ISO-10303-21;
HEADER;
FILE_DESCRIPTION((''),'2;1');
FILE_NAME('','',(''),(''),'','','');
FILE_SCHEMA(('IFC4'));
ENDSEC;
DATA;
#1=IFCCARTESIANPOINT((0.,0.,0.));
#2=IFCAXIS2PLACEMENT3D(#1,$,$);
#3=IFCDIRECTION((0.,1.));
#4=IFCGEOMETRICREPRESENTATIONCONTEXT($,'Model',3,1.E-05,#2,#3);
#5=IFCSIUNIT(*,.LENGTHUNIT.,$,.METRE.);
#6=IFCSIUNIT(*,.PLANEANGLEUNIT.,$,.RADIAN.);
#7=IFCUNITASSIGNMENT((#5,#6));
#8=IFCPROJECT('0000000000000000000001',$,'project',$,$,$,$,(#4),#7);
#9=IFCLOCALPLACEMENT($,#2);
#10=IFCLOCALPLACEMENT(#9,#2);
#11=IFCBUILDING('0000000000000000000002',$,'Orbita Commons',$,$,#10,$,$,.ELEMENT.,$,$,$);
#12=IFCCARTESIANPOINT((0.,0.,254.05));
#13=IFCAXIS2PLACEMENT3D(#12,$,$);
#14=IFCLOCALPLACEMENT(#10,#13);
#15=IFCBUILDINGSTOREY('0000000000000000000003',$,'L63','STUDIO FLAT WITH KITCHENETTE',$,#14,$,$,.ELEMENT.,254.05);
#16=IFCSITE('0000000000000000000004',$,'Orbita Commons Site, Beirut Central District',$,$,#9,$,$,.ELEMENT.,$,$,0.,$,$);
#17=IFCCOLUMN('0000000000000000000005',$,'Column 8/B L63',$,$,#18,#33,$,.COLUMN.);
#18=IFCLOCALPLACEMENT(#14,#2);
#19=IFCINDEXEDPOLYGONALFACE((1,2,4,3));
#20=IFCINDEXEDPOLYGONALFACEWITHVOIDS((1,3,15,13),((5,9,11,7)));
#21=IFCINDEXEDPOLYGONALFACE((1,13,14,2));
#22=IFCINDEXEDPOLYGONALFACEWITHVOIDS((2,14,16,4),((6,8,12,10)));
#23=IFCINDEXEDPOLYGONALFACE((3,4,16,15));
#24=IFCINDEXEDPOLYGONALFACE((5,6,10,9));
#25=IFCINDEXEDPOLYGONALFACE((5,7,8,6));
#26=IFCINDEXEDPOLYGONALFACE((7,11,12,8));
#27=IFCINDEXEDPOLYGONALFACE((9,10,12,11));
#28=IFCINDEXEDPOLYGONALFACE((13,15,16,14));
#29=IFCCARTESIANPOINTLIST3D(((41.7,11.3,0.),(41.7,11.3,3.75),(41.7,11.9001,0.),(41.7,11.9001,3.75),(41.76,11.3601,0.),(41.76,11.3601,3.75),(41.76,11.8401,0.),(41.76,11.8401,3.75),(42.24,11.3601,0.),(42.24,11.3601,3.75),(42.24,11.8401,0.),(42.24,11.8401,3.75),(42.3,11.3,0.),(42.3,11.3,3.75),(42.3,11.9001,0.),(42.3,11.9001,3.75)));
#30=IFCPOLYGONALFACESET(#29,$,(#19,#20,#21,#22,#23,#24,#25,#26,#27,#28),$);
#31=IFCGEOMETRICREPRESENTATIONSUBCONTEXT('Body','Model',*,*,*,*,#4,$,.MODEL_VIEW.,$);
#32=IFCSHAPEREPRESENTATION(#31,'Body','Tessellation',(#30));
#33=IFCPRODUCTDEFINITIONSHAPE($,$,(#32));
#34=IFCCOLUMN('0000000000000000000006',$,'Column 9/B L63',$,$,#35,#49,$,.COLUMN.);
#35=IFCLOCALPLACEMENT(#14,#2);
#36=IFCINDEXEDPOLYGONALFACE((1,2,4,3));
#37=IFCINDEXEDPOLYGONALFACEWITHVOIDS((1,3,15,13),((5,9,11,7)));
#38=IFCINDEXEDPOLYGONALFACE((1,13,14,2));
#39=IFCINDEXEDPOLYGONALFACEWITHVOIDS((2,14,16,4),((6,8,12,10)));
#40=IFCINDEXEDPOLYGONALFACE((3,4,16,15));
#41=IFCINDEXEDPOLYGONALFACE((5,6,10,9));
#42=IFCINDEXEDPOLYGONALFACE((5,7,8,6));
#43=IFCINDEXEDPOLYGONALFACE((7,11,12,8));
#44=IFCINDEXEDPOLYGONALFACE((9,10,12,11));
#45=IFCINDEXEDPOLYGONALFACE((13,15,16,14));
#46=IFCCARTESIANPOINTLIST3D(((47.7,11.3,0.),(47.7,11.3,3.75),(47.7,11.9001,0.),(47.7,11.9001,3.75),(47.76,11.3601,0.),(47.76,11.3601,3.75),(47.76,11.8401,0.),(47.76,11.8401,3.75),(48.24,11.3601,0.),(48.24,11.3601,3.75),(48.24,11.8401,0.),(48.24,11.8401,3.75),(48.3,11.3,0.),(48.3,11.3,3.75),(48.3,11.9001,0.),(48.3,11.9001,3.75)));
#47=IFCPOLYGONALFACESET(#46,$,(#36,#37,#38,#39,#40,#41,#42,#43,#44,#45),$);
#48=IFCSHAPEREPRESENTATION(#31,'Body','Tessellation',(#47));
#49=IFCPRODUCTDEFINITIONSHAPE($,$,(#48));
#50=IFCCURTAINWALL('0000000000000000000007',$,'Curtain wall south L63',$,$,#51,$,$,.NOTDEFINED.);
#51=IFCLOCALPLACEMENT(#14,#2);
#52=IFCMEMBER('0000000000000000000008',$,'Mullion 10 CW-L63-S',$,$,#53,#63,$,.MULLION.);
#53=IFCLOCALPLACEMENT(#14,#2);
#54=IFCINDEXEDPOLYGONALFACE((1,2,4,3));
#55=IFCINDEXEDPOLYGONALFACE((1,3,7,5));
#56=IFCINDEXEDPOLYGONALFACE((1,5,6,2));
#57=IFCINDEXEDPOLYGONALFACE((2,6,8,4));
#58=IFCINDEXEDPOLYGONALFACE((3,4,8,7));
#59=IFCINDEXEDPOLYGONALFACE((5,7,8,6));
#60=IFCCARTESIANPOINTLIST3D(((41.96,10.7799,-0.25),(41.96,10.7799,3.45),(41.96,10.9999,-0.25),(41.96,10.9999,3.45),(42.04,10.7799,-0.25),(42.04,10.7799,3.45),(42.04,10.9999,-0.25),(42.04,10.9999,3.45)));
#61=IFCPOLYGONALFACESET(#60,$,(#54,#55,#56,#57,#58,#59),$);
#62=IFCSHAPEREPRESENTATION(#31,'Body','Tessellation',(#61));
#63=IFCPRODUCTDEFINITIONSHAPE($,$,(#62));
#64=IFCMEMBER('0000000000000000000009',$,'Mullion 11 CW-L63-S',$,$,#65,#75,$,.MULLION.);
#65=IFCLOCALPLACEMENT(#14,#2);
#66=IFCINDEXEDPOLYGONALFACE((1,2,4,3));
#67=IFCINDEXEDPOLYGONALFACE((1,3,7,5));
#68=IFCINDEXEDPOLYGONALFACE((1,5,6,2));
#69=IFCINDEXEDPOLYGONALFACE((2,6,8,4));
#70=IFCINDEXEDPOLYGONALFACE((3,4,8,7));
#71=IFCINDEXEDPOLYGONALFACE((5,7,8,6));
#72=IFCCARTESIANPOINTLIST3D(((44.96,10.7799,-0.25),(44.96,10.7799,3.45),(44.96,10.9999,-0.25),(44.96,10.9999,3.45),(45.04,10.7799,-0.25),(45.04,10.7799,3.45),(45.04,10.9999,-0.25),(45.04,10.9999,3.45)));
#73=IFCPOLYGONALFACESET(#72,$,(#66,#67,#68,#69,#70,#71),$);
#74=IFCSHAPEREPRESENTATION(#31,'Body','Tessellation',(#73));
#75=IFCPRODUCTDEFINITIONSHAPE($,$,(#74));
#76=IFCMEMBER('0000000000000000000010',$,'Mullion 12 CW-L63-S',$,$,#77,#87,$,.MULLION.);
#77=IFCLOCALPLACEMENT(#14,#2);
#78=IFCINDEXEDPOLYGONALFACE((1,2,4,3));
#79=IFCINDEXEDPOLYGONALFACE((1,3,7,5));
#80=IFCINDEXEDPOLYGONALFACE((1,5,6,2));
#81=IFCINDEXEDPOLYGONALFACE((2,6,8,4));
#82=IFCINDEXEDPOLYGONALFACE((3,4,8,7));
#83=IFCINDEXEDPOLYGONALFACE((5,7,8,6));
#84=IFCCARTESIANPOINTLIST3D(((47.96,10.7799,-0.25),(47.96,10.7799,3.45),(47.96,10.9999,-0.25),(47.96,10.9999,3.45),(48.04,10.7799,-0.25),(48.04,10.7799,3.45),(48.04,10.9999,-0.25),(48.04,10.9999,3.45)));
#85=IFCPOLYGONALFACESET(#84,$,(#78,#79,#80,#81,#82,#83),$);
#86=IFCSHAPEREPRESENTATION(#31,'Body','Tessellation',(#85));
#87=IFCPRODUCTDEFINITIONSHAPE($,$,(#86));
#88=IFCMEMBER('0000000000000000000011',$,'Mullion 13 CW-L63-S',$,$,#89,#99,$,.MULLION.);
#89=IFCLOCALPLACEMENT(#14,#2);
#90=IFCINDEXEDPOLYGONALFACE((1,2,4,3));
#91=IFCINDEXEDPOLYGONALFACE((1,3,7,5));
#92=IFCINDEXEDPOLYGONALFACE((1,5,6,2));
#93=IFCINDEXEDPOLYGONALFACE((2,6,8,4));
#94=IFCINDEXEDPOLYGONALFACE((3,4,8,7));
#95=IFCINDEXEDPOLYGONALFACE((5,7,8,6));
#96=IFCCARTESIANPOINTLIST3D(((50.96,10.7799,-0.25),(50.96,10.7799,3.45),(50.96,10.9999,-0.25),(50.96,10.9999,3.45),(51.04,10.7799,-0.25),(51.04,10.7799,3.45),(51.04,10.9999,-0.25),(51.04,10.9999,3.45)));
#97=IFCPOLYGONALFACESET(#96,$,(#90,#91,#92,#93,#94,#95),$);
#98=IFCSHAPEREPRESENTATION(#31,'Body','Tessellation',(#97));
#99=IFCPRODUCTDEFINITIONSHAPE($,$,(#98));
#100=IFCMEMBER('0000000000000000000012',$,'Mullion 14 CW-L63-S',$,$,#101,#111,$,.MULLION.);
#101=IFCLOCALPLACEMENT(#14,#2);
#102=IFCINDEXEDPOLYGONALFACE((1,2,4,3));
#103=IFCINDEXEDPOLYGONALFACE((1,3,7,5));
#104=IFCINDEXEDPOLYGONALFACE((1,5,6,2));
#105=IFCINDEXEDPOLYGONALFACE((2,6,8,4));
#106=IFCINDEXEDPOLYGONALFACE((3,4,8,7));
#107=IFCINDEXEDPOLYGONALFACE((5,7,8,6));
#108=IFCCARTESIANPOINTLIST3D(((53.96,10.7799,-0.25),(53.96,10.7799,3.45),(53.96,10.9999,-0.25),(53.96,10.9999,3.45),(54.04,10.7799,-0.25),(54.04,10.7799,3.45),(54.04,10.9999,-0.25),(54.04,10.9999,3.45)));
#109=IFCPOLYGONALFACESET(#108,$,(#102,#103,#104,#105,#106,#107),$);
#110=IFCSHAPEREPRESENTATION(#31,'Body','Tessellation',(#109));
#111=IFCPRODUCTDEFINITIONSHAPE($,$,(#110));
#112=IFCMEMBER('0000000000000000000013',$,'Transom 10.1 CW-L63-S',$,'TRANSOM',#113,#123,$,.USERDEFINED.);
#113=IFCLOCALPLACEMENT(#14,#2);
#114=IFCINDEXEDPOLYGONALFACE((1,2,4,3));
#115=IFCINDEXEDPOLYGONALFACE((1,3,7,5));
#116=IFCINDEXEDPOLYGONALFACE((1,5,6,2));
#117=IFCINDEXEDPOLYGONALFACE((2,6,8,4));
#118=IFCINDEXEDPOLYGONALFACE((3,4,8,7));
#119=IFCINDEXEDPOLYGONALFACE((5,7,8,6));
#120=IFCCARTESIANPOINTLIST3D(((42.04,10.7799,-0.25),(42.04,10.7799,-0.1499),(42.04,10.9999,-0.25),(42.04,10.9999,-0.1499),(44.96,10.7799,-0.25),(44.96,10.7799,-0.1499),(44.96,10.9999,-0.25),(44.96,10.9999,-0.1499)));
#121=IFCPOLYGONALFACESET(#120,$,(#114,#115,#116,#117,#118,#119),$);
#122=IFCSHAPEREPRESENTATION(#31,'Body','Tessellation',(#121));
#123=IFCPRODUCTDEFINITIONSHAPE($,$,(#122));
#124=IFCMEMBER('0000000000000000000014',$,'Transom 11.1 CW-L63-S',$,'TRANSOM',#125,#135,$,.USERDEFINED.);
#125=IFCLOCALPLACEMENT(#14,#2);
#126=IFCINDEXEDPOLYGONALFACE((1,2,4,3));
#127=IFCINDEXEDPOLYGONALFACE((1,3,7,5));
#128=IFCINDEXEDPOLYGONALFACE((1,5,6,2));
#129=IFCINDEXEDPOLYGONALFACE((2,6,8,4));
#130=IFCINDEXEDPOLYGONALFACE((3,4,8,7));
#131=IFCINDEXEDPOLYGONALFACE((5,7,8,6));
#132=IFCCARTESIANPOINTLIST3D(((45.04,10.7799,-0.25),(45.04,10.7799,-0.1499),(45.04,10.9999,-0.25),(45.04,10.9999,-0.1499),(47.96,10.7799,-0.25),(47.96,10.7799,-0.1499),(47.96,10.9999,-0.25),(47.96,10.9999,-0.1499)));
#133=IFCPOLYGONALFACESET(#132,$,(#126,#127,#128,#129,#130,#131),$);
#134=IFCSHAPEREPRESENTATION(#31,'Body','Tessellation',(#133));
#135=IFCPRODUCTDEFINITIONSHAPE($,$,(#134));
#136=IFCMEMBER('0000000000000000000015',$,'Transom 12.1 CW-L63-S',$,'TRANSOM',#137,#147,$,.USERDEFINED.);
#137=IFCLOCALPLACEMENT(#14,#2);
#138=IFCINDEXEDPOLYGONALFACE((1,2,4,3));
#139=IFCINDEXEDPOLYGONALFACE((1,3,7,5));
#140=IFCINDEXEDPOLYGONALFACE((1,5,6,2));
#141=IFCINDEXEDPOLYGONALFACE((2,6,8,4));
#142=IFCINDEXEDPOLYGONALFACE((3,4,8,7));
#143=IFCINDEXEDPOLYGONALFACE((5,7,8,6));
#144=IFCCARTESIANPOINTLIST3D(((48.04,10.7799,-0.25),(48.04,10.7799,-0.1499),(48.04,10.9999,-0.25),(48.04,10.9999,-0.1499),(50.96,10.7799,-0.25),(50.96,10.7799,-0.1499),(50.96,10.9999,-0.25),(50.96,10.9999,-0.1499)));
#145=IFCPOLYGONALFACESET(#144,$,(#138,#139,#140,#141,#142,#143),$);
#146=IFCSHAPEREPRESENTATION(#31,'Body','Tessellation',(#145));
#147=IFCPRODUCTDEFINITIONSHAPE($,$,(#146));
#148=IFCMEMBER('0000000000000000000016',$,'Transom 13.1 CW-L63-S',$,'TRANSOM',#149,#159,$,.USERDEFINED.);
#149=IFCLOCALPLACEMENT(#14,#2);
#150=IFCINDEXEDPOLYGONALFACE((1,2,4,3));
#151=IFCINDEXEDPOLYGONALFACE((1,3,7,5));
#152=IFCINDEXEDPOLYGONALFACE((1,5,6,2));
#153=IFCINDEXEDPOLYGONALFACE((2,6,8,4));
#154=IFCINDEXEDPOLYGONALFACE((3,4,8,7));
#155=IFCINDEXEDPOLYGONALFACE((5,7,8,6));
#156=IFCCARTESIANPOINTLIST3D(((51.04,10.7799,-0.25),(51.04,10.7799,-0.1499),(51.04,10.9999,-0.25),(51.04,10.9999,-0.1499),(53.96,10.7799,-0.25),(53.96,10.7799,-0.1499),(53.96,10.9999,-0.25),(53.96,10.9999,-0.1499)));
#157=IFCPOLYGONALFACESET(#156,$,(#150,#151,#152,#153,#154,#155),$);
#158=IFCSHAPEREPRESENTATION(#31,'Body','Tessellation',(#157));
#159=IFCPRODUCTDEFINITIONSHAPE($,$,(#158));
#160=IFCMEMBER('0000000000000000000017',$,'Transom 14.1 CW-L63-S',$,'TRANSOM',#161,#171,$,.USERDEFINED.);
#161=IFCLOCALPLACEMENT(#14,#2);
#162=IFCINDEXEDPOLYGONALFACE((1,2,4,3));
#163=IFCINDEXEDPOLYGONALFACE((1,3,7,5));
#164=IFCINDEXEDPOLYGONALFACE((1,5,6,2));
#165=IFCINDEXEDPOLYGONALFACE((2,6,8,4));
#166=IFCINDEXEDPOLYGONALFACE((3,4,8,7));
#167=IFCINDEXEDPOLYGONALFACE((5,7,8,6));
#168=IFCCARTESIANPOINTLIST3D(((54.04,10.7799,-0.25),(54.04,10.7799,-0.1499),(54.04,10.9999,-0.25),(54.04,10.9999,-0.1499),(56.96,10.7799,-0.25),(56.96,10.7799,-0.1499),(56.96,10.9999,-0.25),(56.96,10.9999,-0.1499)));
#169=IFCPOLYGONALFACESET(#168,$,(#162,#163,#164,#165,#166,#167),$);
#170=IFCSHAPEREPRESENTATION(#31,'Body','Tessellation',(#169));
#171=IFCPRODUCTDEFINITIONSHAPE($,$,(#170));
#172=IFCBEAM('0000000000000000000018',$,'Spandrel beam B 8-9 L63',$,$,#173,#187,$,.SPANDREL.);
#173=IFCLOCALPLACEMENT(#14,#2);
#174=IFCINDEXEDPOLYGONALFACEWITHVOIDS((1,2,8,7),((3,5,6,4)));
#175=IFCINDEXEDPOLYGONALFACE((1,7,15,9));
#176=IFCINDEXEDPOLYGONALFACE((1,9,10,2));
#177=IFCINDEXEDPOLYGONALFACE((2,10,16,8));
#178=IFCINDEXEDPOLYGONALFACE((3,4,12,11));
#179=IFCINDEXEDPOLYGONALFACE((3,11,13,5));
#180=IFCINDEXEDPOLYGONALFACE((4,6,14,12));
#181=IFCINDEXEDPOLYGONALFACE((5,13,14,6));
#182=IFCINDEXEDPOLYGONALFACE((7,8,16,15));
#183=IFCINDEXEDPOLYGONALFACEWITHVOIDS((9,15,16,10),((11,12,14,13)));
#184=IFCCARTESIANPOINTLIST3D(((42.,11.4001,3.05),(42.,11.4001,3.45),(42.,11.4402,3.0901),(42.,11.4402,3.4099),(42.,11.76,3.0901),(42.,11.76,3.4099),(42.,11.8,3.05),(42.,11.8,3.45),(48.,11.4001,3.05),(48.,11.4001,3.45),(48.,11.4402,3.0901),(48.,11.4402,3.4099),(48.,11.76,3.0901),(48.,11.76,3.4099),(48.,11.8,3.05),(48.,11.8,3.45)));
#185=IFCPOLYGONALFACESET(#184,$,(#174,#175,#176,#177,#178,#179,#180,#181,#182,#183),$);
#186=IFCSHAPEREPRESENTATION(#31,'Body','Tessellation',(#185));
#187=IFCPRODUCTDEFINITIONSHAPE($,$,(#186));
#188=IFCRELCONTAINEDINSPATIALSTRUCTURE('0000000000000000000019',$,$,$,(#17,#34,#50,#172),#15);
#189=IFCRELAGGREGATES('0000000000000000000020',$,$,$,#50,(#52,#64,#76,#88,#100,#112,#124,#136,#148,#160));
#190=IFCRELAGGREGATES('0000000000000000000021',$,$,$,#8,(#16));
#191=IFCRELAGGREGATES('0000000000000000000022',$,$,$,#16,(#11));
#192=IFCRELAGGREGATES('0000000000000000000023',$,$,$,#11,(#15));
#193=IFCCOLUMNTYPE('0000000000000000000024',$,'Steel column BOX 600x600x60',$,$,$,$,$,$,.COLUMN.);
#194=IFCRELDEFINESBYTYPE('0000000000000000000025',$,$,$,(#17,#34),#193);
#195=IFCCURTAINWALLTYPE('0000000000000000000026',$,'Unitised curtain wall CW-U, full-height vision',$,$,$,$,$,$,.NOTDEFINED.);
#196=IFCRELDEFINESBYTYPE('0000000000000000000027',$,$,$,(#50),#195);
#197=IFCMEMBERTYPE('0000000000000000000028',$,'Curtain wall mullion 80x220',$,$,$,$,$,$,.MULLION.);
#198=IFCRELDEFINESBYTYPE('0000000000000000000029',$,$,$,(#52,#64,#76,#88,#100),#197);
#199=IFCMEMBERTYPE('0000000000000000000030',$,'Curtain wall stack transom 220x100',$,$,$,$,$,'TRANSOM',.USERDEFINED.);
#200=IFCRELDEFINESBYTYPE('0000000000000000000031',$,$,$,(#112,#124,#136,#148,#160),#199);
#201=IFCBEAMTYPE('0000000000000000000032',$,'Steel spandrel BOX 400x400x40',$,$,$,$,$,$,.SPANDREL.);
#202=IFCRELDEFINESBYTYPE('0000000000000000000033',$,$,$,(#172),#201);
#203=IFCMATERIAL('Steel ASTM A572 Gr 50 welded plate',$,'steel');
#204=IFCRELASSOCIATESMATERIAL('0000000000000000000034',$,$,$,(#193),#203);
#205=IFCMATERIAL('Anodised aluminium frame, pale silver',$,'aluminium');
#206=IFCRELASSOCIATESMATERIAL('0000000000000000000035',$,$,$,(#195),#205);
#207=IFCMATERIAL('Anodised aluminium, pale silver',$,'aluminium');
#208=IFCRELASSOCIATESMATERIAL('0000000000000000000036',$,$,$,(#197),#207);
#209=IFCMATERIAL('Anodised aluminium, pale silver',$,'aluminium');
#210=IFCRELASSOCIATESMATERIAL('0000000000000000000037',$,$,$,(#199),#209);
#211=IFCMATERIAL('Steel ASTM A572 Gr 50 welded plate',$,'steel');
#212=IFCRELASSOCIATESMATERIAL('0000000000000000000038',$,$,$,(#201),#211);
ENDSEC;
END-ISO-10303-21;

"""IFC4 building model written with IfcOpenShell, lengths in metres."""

from ifc_helpers import new_model, si_unit, direction, frame, origin, origin_2d, place, context, subcontext, project, spatial, rectangle, hollow_rectangle, extrude, material, material_profile, profile_set, type_object, element, aggregate, save


model = new_model("IFC4")

# Units and contexts
model_context = context("Model", 3, precision=1e-05, world=origin(), true_north=direction((0.0, 1.0)))
body_context = subcontext(model_context, "Body", "Model", "MODEL_VIEW")
ifc_project = project(units=[si_unit("LENGTHUNIT", "METRE"), si_unit("PLANEANGLEUNIT", "RADIAN")], contexts=[model_context])

# Site, building, storey
site_placement = place(None, origin())
site = spatial("IfcSite", under=ifc_project, at=site_placement, Name="Orbita Commons Site, Beirut Central District", CompositionType="ELEMENT", RefElevation=0.0)
building_placement = place(site_placement, origin())
building = spatial("IfcBuilding", under=site, at=building_placement, Name="Orbita Commons", CompositionType="ELEMENT")
storey_placement = place(building_placement, frame((0.0, 0.0, 254.05)))
storey = spatial("IfcBuildingStorey", under=building, at=storey_placement, Name="L63", Description="STUDIO FLAT WITH KITCHENETTE", CompositionType="ELEMENT", Elevation=254.05)

# Columns
ifc_material_1 = material(Name="Steel ASTM A572 Gr 50 welded plate", Category="steel")
ifc_material_profile_1 = material_profile(ifc_material_1, hollow_rectangle(XDim=0.6001, YDim=0.6001, WallThickness=0.0601, at=origin_2d()), Name="BOX 600x600x60")
ifc_profile_set_1 = profile_set([ifc_material_profile_1], Name="Steel ASTM A572 Gr 50 welded plate")
column_type = type_object("IfcColumnType", Name="Steel column BOX 600x600x60", PredefinedType="COLUMN", material=ifc_profile_set_1)
for number, where, z_axis, x_axis, name in (
    (1, (42.0, 11.6001, 0.0), (0.0, 0.0, 1.0), (1.0, 0.0, 0.0), "Column 8/B L63"),
    (2, (48.0, 11.6001, 0.0), (0.0, 0.0, 1.0), (1.0, 0.0, 0.0), "Column 9/B L63"),
):
    element("IfcColumn", number, at=place(storey_placement, frame(where, z_axis=z_axis, x_axis=x_axis)), inside=storey, type_object=column_type, Name=name, PredefinedType="COLUMN", context=body_context, shape_type="SweptSolid", body=[
        extrude(hollow_rectangle(XDim=0.6001, YDim=0.6001, WallThickness=0.0601, at=origin_2d()), origin(), (0.0, 0.0, 1.0), 3.75),
    ])

# Curtain wall, members
ifc_material_2 = material(Name="Anodised aluminium frame, pale silver", Category="aluminium")
curtain_wall_type = type_object("IfcCurtainWallType", Name="Unitised curtain wall CW-U, full-height vision", PredefinedType="NOTDEFINED", material=ifc_material_2)
curtain_wall_placement = place(storey_placement, origin())
curtain_wall = element("IfcCurtainWall", 3, at=curtain_wall_placement, inside=storey, type_object=curtain_wall_type, Name="Curtain wall south L63", PredefinedType="NOTDEFINED")
ifc_material_3 = material(Name="Anodised aluminium, pale silver", Category="aluminium")
ifc_material_profile_2 = material_profile(ifc_material_3, rectangle(XDim=0.0801, YDim=0.22, at=origin_2d()), Name="AL 80x220")
ifc_profile_set_2 = profile_set([ifc_material_profile_2], Name="Anodised aluminium, pale silver")
member_type_1 = type_object("IfcMemberType", Name="Curtain wall mullion 80x220", PredefinedType="MULLION", material=ifc_profile_set_2)
member_1_placement = place(storey_placement, frame((42.0, 10.8899, -0.25), z_axis=(0.0, 0.0, 1.0), x_axis=(1.0, 0.0, 0.0)))
member_1 = element("IfcMember", 4, at=member_1_placement, type_object=member_type_1, Name="Mullion 10 CW-L63-S", PredefinedType="MULLION", context=body_context, shape_type="SweptSolid", body=[
    extrude(rectangle(XDim=0.0801, YDim=0.22, at=origin_2d()), origin(), (0.0, 0.0, 1.0), 3.7),
])
member_2_placement = place(storey_placement, frame((45.0, 10.8899, -0.25), z_axis=(0.0, 0.0, 1.0), x_axis=(1.0, 0.0, 0.0)))
member_2 = element("IfcMember", 5, at=member_2_placement, type_object=member_type_1, Name="Mullion 11 CW-L63-S", PredefinedType="MULLION", context=body_context, shape_type="SweptSolid", body=[
    extrude(rectangle(XDim=0.0801, YDim=0.22, at=origin_2d()), origin(), (0.0, 0.0, 1.0), 3.7),
])
member_3_placement = place(storey_placement, frame((48.0, 10.8899, -0.25), z_axis=(0.0, 0.0, 1.0), x_axis=(1.0, 0.0, 0.0)))
member_3 = element("IfcMember", 6, at=member_3_placement, type_object=member_type_1, Name="Mullion 12 CW-L63-S", PredefinedType="MULLION", context=body_context, shape_type="SweptSolid", body=[
    extrude(rectangle(XDim=0.0801, YDim=0.22, at=origin_2d()), origin(), (0.0, 0.0, 1.0), 3.7),
])
member_4_placement = place(storey_placement, frame((51.0, 10.8899, -0.25), z_axis=(0.0, 0.0, 1.0), x_axis=(1.0, 0.0, 0.0)))
member_4 = element("IfcMember", 7, at=member_4_placement, type_object=member_type_1, Name="Mullion 13 CW-L63-S", PredefinedType="MULLION", context=body_context, shape_type="SweptSolid", body=[
    extrude(rectangle(XDim=0.0801, YDim=0.22, at=origin_2d()), origin(), (0.0, 0.0, 1.0), 3.7),
])
member_5_placement = place(storey_placement, frame((54.0, 10.8899, -0.25), z_axis=(0.0, 0.0, 1.0), x_axis=(1.0, 0.0, 0.0)))
member_5 = element("IfcMember", 8, at=member_5_placement, type_object=member_type_1, Name="Mullion 14 CW-L63-S", PredefinedType="MULLION", context=body_context, shape_type="SweptSolid", body=[
    extrude(rectangle(XDim=0.0801, YDim=0.22, at=origin_2d()), origin(), (0.0, 0.0, 1.0), 3.7),
])
ifc_material_4 = material(Name="Anodised aluminium, pale silver", Category="aluminium")
ifc_material_profile_3 = material_profile(ifc_material_4, rectangle(XDim=0.22, YDim=0.1001, at=origin_2d()), Name="AL 220x100")
ifc_profile_set_3 = profile_set([ifc_material_profile_3], Name="Anodised aluminium, pale silver")
member_type_2 = type_object("IfcMemberType", Name="Curtain wall stack transom 220x100", ElementType="TRANSOM", PredefinedType="USERDEFINED", material=ifc_profile_set_3)
member_6_placement = place(storey_placement, frame((42.04, 10.8899, -0.2), z_axis=(1.0, 0.0, 0.0), x_axis=(0.0, 1.0, 0.0)))
member_6 = element("IfcMember", 9, at=member_6_placement, type_object=member_type_2, Name="Transom 10.1 CW-L63-S", ObjectType="TRANSOM", PredefinedType="USERDEFINED", context=body_context, shape_type="SweptSolid", body=[
    extrude(rectangle(XDim=0.22, YDim=0.1001, at=origin_2d()), origin(), (0.0, 0.0, 1.0), 2.9199),
])
member_7_placement = place(storey_placement, frame((45.04, 10.8899, -0.2), z_axis=(1.0, 0.0, 0.0), x_axis=(0.0, 1.0, 0.0)))
member_7 = element("IfcMember", 10, at=member_7_placement, type_object=member_type_2, Name="Transom 11.1 CW-L63-S", ObjectType="TRANSOM", PredefinedType="USERDEFINED", context=body_context, shape_type="SweptSolid", body=[
    extrude(rectangle(XDim=0.22, YDim=0.1001, at=origin_2d()), origin(), (0.0, 0.0, 1.0), 2.9199),
])
member_8_placement = place(storey_placement, frame((48.04, 10.8899, -0.2), z_axis=(1.0, 0.0, 0.0), x_axis=(0.0, 1.0, 0.0)))
member_8 = element("IfcMember", 11, at=member_8_placement, type_object=member_type_2, Name="Transom 12.1 CW-L63-S", ObjectType="TRANSOM", PredefinedType="USERDEFINED", context=body_context, shape_type="SweptSolid", body=[
    extrude(rectangle(XDim=0.22, YDim=0.1001, at=origin_2d()), origin(), (0.0, 0.0, 1.0), 2.9199),
])
member_9_placement = place(storey_placement, frame((51.04, 10.8899, -0.2), z_axis=(1.0, 0.0, 0.0), x_axis=(0.0, 1.0, 0.0)))
member_9 = element("IfcMember", 12, at=member_9_placement, type_object=member_type_2, Name="Transom 13.1 CW-L63-S", ObjectType="TRANSOM", PredefinedType="USERDEFINED", context=body_context, shape_type="SweptSolid", body=[
    extrude(rectangle(XDim=0.22, YDim=0.1001, at=origin_2d()), origin(), (0.0, 0.0, 1.0), 2.9199),
])
member_10_placement = place(storey_placement, frame((54.04, 10.8899, -0.2), z_axis=(1.0, 0.0, 0.0), x_axis=(0.0, 1.0, 0.0)))
member_10 = element("IfcMember", 13, at=member_10_placement, type_object=member_type_2, Name="Transom 14.1 CW-L63-S", ObjectType="TRANSOM", PredefinedType="USERDEFINED", context=body_context, shape_type="SweptSolid", body=[
    extrude(rectangle(XDim=0.22, YDim=0.1001, at=origin_2d()), origin(), (0.0, 0.0, 1.0), 2.9199),
])

# Beam
ifc_material_5 = material(Name="Steel ASTM A572 Gr 50 welded plate", Category="steel")
ifc_material_profile_4 = material_profile(ifc_material_5, hollow_rectangle(XDim=0.3999, YDim=0.3999, WallThickness=0.04, at=origin_2d()), Name="BOX 400x400x40")
ifc_profile_set_4 = profile_set([ifc_material_profile_4], Name="Steel ASTM A572 Gr 50 welded plate")
beam_type = type_object("IfcBeamType", Name="Steel spandrel BOX 400x400x40", PredefinedType="SPANDREL", material=ifc_profile_set_4)
for number, where, z_axis, x_axis, name in (
    (14, (42.0, 11.6001, 3.25), (1.0, 0.0, 0.0), (0.0, 1.0, 0.0), "Spandrel beam B 8-9 L63"),
):
    element("IfcBeam", number, at=place(storey_placement, frame(where, z_axis=z_axis, x_axis=x_axis)), inside=storey, type_object=beam_type, Name=name, PredefinedType="SPANDREL", context=body_context, shape_type="SweptSolid", body=[
        extrude(hollow_rectangle(XDim=0.3999, YDim=0.3999, WallThickness=0.04, at=origin_2d()), origin(), (0.0, 0.0, 1.0), 6.0),
    ])

aggregate(curtain_wall, [member_1, member_2, member_3, member_4, member_5, member_6, member_7, member_8, member_9, member_10])

save(model, "model.ifc")
